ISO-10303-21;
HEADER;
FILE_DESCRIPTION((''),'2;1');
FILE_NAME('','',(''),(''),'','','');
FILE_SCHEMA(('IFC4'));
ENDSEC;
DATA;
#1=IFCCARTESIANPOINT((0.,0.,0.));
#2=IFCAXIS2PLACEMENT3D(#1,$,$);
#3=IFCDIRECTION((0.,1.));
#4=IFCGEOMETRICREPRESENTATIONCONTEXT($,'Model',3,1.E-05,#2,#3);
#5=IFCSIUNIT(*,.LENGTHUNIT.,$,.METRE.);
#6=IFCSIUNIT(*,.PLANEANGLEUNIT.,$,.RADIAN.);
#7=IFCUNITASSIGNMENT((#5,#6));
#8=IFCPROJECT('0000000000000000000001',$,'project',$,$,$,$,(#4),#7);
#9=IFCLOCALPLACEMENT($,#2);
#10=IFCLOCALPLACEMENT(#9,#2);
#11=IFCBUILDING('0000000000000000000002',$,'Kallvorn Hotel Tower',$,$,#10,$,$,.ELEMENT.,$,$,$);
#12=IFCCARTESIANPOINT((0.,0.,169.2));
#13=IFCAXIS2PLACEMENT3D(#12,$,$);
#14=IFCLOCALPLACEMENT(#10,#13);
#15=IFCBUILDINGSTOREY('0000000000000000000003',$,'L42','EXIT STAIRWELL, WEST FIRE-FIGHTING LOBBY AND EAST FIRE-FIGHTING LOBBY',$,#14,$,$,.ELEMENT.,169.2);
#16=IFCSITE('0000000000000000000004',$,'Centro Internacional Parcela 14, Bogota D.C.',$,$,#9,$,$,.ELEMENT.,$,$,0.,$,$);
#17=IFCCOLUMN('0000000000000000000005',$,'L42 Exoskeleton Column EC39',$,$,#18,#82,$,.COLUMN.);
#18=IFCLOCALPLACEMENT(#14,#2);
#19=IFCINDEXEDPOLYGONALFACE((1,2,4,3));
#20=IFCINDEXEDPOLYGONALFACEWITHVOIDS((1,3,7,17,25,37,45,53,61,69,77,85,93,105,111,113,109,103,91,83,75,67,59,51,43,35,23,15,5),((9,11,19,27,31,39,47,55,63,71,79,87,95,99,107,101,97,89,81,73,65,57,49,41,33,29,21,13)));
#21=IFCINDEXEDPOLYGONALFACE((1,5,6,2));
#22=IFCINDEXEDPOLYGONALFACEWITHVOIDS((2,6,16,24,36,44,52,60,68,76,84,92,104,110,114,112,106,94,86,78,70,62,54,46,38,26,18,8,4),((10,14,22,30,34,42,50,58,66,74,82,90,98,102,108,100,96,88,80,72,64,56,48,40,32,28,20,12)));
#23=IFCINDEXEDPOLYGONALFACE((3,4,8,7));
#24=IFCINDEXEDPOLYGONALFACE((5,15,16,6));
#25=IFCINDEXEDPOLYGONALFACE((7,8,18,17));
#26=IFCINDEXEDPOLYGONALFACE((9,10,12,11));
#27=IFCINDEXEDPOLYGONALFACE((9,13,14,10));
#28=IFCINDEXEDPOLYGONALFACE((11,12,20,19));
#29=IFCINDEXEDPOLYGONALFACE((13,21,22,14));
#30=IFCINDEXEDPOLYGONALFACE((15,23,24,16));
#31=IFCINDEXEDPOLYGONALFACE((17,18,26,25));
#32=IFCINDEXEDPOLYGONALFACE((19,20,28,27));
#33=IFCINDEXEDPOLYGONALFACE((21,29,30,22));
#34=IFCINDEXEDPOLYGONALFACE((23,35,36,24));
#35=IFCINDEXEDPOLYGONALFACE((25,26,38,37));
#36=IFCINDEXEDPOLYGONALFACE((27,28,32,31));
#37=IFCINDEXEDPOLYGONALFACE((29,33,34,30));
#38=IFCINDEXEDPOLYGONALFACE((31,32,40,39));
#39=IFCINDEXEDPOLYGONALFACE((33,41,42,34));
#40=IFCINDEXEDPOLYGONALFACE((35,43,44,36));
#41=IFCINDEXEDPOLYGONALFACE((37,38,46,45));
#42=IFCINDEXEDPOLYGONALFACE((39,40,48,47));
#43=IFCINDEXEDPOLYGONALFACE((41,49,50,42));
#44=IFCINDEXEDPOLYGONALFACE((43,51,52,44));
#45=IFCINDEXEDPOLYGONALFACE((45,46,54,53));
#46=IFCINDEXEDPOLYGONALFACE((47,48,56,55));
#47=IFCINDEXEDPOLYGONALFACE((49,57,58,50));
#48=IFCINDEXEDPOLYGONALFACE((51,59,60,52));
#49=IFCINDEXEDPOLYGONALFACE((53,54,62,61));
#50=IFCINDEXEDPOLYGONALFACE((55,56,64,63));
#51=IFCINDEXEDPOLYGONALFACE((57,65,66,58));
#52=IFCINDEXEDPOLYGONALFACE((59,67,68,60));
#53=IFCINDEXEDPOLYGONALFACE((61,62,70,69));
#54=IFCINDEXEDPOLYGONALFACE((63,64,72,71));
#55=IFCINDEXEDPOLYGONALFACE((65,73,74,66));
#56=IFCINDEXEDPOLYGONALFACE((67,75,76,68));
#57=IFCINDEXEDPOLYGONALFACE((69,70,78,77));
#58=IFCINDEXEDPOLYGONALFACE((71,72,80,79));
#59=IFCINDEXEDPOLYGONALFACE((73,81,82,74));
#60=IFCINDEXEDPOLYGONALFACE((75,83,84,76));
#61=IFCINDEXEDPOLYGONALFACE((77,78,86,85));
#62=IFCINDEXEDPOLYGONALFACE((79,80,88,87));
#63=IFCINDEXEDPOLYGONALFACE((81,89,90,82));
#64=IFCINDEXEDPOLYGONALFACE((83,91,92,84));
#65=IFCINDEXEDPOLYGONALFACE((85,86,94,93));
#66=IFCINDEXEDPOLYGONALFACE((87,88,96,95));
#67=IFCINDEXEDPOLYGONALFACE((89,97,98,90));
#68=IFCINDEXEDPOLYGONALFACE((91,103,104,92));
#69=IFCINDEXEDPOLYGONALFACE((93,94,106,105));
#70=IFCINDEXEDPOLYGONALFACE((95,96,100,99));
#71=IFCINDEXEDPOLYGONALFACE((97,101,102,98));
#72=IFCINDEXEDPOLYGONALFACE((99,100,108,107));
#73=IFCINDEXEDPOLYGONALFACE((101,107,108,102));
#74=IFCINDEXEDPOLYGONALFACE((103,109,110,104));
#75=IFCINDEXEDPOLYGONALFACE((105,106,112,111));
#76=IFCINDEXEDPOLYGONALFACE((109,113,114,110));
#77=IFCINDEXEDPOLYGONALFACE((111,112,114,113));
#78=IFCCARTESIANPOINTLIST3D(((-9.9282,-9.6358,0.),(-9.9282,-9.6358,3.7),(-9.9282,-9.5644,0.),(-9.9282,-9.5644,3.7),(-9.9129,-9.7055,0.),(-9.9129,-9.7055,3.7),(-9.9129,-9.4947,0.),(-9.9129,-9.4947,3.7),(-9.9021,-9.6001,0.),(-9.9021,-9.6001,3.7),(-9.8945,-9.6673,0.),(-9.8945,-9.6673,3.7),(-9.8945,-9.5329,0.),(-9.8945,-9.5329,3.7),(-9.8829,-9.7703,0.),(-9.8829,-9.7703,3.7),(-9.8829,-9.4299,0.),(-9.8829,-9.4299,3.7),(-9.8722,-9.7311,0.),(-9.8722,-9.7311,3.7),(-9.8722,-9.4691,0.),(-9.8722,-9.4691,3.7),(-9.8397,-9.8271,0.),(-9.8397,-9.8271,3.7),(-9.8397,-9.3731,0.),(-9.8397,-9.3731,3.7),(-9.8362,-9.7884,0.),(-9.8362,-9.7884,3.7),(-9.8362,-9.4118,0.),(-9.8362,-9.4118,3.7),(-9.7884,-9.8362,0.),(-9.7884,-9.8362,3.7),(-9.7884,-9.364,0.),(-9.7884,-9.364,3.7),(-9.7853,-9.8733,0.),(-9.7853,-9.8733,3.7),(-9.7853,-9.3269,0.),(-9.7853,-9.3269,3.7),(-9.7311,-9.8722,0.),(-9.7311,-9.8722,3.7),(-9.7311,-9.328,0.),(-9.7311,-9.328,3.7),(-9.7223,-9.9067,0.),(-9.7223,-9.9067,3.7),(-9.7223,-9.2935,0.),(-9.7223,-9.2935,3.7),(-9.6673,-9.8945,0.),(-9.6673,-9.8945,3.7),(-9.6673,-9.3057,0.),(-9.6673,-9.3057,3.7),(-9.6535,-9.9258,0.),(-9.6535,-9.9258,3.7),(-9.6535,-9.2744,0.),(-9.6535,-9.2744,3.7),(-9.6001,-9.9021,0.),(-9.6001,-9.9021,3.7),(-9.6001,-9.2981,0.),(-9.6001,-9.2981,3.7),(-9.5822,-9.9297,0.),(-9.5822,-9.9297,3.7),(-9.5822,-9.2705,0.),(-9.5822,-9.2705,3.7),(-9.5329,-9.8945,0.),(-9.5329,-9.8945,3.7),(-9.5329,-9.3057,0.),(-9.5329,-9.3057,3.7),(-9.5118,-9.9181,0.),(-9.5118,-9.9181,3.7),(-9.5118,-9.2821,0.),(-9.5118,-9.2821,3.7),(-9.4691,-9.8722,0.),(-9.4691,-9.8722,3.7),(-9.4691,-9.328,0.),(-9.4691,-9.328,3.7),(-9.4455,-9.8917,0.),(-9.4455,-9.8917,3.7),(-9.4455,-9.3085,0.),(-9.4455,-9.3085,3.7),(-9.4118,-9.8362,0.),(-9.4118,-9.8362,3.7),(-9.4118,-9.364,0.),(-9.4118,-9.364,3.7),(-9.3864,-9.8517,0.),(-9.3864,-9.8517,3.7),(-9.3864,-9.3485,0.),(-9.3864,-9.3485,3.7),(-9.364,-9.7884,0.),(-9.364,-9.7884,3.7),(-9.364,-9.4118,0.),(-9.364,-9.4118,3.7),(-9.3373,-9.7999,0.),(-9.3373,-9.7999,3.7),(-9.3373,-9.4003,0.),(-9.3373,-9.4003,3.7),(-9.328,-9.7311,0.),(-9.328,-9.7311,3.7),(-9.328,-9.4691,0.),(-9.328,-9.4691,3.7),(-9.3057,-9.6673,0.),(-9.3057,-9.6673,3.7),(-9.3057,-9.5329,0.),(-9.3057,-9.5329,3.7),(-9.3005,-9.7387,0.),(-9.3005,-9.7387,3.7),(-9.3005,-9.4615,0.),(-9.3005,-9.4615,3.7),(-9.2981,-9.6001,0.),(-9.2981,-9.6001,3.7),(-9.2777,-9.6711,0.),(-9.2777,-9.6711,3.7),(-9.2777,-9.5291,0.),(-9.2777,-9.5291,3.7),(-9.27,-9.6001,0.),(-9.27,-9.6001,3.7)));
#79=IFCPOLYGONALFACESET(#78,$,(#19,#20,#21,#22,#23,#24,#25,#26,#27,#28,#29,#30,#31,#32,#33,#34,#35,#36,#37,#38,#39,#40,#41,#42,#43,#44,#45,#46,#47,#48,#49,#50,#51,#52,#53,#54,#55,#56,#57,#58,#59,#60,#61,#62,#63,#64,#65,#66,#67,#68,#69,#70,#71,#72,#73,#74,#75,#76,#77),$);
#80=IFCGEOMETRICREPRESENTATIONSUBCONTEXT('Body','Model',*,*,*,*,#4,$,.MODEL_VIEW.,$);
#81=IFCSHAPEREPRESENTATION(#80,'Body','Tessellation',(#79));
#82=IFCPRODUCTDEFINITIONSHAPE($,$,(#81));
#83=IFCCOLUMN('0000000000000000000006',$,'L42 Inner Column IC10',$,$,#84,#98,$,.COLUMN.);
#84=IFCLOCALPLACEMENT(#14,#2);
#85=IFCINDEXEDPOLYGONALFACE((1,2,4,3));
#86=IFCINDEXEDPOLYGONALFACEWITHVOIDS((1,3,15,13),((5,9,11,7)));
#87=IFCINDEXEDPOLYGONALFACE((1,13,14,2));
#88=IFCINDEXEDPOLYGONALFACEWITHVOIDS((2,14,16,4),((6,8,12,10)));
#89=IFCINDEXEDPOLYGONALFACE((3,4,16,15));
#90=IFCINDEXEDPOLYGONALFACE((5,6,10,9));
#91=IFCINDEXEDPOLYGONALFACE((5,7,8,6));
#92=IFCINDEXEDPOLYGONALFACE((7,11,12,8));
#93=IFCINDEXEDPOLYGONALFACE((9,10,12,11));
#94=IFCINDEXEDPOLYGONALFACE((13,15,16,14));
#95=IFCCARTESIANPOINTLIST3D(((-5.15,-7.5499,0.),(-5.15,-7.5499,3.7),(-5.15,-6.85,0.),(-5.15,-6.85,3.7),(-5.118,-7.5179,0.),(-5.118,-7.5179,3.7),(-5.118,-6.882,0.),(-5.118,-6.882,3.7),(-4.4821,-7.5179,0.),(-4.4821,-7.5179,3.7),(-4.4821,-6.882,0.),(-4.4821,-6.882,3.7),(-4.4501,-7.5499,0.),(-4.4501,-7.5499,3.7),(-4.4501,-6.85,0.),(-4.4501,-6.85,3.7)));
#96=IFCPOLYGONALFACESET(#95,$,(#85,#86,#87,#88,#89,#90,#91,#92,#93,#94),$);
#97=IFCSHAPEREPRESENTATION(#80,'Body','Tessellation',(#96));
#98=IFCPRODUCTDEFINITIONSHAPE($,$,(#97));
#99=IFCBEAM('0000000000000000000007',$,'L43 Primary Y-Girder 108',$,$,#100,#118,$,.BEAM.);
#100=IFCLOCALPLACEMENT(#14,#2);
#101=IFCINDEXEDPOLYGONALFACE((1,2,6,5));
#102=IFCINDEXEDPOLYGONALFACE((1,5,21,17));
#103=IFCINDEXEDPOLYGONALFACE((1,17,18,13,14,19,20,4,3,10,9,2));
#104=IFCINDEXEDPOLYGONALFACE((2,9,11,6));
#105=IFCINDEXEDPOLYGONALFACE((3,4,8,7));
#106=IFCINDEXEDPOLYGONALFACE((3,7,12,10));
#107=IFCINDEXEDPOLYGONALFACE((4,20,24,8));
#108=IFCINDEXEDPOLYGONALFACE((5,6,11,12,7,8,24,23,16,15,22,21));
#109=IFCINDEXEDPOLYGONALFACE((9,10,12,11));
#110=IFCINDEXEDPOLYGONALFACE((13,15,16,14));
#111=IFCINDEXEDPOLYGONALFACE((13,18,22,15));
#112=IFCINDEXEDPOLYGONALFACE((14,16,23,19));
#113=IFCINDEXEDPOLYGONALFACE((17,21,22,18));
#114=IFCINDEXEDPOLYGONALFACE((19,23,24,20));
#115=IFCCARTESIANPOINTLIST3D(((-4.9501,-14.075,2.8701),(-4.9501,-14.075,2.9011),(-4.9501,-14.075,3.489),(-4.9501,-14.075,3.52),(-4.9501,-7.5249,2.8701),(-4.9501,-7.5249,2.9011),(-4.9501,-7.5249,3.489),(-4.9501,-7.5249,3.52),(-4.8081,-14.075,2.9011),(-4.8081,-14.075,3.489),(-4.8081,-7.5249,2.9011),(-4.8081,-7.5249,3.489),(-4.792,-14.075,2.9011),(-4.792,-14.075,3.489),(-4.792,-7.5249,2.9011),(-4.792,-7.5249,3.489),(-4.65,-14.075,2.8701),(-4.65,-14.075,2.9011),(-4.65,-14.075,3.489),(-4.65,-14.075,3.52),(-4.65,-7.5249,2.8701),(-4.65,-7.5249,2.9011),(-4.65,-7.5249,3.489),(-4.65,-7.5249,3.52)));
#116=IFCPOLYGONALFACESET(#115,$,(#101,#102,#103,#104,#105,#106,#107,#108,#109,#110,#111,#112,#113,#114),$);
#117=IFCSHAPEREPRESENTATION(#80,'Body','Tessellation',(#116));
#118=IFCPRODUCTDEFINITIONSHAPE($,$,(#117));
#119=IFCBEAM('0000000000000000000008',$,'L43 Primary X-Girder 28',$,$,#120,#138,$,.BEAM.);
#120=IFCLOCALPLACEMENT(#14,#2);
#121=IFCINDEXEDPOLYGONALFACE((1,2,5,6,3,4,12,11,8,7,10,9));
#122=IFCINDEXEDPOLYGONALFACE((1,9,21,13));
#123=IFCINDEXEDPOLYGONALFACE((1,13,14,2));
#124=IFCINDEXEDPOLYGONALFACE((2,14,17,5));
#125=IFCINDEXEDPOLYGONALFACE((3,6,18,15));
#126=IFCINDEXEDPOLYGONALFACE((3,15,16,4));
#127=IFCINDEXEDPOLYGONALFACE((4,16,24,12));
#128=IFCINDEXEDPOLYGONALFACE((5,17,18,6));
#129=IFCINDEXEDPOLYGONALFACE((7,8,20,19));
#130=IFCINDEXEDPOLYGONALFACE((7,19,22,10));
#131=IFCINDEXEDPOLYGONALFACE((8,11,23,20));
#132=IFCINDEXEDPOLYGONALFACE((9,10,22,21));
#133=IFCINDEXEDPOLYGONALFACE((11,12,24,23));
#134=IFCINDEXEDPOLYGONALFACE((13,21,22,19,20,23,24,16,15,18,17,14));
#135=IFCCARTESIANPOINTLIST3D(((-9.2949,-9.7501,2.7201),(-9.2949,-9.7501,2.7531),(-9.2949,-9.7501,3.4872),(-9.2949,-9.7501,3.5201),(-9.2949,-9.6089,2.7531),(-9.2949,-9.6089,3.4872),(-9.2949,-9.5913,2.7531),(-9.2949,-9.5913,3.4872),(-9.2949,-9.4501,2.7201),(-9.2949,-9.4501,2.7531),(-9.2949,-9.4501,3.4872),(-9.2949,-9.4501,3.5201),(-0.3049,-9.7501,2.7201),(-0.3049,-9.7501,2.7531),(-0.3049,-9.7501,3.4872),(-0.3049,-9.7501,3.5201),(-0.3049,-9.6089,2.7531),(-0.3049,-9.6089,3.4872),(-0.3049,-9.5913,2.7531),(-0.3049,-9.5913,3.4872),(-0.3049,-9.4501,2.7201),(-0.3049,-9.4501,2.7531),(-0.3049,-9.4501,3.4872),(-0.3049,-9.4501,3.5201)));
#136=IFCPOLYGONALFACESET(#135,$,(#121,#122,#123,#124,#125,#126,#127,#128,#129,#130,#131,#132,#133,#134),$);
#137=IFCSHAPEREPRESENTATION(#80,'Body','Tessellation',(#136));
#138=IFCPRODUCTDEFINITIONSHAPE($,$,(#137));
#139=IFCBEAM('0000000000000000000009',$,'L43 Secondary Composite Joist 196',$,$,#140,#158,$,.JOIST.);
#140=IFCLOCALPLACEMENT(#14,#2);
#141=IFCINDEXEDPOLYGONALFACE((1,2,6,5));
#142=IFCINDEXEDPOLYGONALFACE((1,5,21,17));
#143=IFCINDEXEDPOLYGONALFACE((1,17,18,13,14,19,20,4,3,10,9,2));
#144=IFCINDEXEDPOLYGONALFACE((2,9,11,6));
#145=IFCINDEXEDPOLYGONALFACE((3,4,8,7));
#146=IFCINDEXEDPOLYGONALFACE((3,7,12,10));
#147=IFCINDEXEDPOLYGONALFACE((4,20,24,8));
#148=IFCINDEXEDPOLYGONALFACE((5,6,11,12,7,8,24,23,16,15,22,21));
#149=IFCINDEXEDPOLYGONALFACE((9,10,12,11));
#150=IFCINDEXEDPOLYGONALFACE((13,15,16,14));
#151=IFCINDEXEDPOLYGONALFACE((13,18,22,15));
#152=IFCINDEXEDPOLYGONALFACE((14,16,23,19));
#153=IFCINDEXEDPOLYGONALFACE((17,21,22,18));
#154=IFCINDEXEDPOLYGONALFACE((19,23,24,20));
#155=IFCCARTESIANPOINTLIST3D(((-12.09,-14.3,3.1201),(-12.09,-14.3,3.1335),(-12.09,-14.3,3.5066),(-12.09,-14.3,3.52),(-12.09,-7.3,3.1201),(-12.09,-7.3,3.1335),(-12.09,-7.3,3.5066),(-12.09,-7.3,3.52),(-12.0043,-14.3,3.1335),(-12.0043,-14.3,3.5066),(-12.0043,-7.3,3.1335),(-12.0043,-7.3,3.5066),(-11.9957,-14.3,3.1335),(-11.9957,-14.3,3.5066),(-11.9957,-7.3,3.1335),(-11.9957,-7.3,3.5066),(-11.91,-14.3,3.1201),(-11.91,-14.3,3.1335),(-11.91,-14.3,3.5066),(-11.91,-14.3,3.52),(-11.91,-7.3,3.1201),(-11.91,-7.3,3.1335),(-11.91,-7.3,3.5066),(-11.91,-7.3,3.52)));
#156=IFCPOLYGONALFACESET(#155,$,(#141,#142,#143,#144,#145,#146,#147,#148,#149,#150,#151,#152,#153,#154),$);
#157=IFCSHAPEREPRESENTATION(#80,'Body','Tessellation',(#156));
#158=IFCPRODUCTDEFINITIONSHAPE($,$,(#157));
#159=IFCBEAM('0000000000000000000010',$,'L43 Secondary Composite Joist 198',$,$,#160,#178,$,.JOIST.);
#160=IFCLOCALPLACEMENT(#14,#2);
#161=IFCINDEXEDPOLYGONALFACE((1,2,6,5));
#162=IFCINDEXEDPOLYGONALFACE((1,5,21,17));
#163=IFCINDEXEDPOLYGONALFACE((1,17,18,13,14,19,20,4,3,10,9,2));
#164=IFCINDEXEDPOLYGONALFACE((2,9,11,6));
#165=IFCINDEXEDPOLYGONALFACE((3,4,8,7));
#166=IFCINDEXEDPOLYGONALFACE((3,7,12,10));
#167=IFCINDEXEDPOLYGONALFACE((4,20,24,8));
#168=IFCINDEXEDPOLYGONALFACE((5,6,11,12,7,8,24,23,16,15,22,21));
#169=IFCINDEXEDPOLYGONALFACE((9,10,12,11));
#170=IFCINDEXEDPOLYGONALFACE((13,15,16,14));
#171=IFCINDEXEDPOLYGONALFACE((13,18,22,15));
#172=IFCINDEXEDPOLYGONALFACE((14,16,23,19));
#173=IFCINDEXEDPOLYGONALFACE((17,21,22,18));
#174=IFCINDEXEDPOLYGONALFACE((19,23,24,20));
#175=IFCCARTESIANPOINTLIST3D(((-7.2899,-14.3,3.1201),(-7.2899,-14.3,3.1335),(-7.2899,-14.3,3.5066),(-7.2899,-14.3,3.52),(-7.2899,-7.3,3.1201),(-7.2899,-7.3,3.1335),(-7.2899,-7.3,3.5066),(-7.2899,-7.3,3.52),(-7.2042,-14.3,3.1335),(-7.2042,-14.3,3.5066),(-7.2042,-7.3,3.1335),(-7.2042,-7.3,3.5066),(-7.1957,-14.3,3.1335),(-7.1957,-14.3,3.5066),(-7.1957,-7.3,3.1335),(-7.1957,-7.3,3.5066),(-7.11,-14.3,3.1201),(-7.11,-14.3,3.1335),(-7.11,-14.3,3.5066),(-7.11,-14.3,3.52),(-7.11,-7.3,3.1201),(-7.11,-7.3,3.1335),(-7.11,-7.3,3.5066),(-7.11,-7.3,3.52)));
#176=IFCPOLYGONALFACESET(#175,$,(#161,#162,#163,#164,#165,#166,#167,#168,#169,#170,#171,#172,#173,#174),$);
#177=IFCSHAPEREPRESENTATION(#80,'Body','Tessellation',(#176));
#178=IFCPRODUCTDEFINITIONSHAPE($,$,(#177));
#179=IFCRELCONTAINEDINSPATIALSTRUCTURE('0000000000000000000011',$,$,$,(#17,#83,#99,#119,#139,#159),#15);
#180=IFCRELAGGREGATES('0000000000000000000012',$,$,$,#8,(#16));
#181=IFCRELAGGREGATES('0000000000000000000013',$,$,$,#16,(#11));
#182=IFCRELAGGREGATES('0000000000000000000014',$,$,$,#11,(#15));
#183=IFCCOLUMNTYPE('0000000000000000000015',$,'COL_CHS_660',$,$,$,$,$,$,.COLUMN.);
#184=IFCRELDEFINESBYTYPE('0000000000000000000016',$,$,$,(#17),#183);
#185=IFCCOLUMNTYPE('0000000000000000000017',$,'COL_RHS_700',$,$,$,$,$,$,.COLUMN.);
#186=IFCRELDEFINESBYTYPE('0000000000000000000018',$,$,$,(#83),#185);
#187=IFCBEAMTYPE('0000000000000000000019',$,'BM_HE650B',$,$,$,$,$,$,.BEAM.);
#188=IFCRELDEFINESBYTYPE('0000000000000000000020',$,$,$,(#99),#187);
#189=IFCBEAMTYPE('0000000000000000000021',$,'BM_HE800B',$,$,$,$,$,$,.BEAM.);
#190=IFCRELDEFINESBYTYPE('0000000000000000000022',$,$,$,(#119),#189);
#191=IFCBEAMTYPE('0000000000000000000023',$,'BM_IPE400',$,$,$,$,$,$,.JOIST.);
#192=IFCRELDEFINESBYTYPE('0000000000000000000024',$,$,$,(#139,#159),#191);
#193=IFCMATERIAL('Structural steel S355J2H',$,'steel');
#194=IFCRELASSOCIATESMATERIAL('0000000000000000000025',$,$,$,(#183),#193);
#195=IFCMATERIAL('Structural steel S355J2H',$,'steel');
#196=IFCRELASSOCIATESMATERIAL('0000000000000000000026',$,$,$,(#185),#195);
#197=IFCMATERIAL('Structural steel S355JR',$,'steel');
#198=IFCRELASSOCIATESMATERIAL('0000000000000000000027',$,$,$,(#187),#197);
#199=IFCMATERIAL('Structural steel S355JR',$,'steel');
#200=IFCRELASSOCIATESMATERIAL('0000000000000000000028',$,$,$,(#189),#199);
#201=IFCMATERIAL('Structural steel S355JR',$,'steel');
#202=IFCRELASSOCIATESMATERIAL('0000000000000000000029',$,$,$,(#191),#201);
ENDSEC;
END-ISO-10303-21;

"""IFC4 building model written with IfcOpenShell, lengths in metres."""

from ifc_helpers import new_model, si_unit, direction, frame, origin, origin_2d, place, context, subcontext, project, spatial, hollow_rectangle, hollow_circle, i_section, extrude, material, material_profile, profile_set, type_object, element, save


model = new_model("IFC4")

# Units and contexts
model_context = context("Model", 3, precision=1e-05, world=origin(), true_north=direction((0.0, 1.0)))
body_context = subcontext(model_context, "Body", "Model", "MODEL_VIEW")
ifc_project = project(units=[si_unit("LENGTHUNIT", "METRE"), si_unit("PLANEANGLEUNIT", "RADIAN")], contexts=[model_context])

# Site, building, storey
site_placement = place(None, origin())
site = spatial("IfcSite", under=ifc_project, at=site_placement, Name="Centro Internacional Parcela 14, Bogota D.C.", CompositionType="ELEMENT", RefElevation=0.0)
building_placement = place(site_placement, origin())
building = spatial("IfcBuilding", under=site, at=building_placement, Name="Kallvorn Hotel Tower", CompositionType="ELEMENT")
storey_placement = place(building_placement, frame((0.0, 0.0, 169.2)))
storey = spatial("IfcBuildingStorey", under=building, at=storey_placement, Name="L42", Description="EXIT STAIRWELL, WEST FIRE-FIGHTING LOBBY AND EAST FIRE-FIGHTING LOBBY", CompositionType="ELEMENT", Elevation=169.2)

# Columns
ifc_material_1 = material(Name="Structural steel S355J2H", Category="steel")
ifc_material_profile_1 = material_profile(ifc_material_1, hollow_circle(Radius=0.3301, WallThickness=0.0281, at=origin_2d()), Name="CHS 660x28")
ifc_profile_set_1 = profile_set([ifc_material_profile_1], Name="Structural steel S355J2H")
column_type_1 = type_object("IfcColumnType", Name="COL_CHS_660", PredefinedType="COLUMN", material=ifc_profile_set_1)
column_1_placement = place(storey_placement, frame((-9.6001, -9.6001, 0.0), z_axis=(0.0, 0.0, 1.0), x_axis=(1.0, 0.0, 0.0)))
element("IfcColumn", 1, at=column_1_placement, inside=storey, type_object=column_type_1, Name="L42 Exoskeleton Column EC39", PredefinedType="COLUMN", context=body_context, shape_type="SweptSolid", body=[
    extrude(hollow_circle(Radius=0.3301, WallThickness=0.0281, at=origin_2d()), origin(), (0.0, 0.0, 1.0), 3.7),
])
ifc_material_2 = material(Name="Structural steel S355J2H", Category="steel")
ifc_material_profile_2 = material_profile(ifc_material_2, hollow_rectangle(XDim=0.7, YDim=0.7, WallThickness=0.032, at=origin_2d()), Name="RHS 700x700x32")
ifc_profile_set_2 = profile_set([ifc_material_profile_2], Name="Structural steel S355J2H")
column_type_2 = type_object("IfcColumnType", Name="COL_RHS_700", PredefinedType="COLUMN", material=ifc_profile_set_2)
column_2_placement = place(storey_placement, frame((-4.8, -7.2, 0.0), z_axis=(0.0, 0.0, 1.0), x_axis=(1.0, 0.0, 0.0)))
element("IfcColumn", 2, at=column_2_placement, inside=storey, type_object=column_type_2, Name="L42 Inner Column IC10", PredefinedType="COLUMN", context=body_context, shape_type="SweptSolid", body=[
    extrude(hollow_rectangle(XDim=0.7, YDim=0.7, WallThickness=0.032, at=origin_2d()), origin(), (0.0, 0.0, 1.0), 3.7),
])

# Beams
ifc_material_3 = material(Name="Structural steel S355JR", Category="steel")
ifc_material_profile_3 = material_profile(ifc_material_3, i_section(OverallWidth=0.3, OverallDepth=0.6499, WebThickness=0.0161, FlangeThickness=0.031, at=origin_2d()), Name="HE 650 B")
ifc_profile_set_3 = profile_set([ifc_material_profile_3], Name="Structural steel S355JR")
beam_type_1 = type_object("IfcBeamType", Name="BM_HE650B", PredefinedType="BEAM", material=ifc_profile_set_3)
beam_1_placement = place(storey_placement, frame((-4.8, -14.075, 3.1951), z_axis=(0.0, 1.0, 0.0), x_axis=(-1.0, 0.0, 0.0)))
element("IfcBeam", 3, at=beam_1_placement, inside=storey, type_object=beam_type_1, Name="L43 Primary Y-Girder 108", PredefinedType="BEAM", context=body_context, shape_type="SweptSolid", body=[
    extrude(i_section(OverallWidth=0.3, OverallDepth=0.6499, WebThickness=0.0161, FlangeThickness=0.031, at=origin_2d()), origin(), (0.0, 0.0, 1.0), 6.55),
])
ifc_material_4 = material(Name="Structural steel S355JR", Category="steel")
ifc_material_profile_4 = material_profile(ifc_material_4, i_section(OverallWidth=0.3, OverallDepth=0.8, WebThickness=0.0176, FlangeThickness=0.033, at=origin_2d()), Name="HE 800 B")
ifc_profile_set_4 = profile_set([ifc_material_profile_4], Name="Structural steel S355JR")
beam_type_2 = type_object("IfcBeamType", Name="BM_HE800B", PredefinedType="BEAM", material=ifc_profile_set_4)
beam_2_placement = place(storey_placement, frame((-9.2949, -9.6001, 3.1201), z_axis=(1.0, 0.0, 0.0), x_axis=(0.0, 1.0, 0.0)))
element("IfcBeam", 4, at=beam_2_placement, inside=storey, type_object=beam_type_2, Name="L43 Primary X-Girder 28", PredefinedType="BEAM", context=body_context, shape_type="SweptSolid", body=[
    extrude(i_section(OverallWidth=0.3, OverallDepth=0.8, WebThickness=0.0176, FlangeThickness=0.033, at=origin_2d()), origin(), (0.0, 0.0, 1.0), 8.99),
])
ifc_material_5 = material(Name="Structural steel S355JR", Category="steel")
ifc_material_profile_5 = material_profile(ifc_material_5, i_section(OverallWidth=0.1799, OverallDepth=0.3999, WebThickness=0.0085, FlangeThickness=0.0134, at=origin_2d()), Name="IPE 400")
ifc_profile_set_5 = profile_set([ifc_material_profile_5], Name="Structural steel S355JR")
beam_type_3 = type_object("IfcBeamType", Name="BM_IPE400", PredefinedType="JOIST", material=ifc_profile_set_5)
for number, where, z_axis, x_axis, name in (
    (5, (-12.0, -14.3, 3.3201), (0.0, 1.0, 0.0), (-1.0, 0.0, 0.0), "L43 Secondary Composite Joist 196"),
    (6, (-7.2, -14.3, 3.3201), (0.0, 1.0, 0.0), (-1.0, 0.0, 0.0), "L43 Secondary Composite Joist 198"),
):
    element("IfcBeam", number, at=place(storey_placement, frame(where, z_axis=z_axis, x_axis=x_axis)), inside=storey, type_object=beam_type_3, Name=name, PredefinedType="JOIST", context=body_context, shape_type="SweptSolid", body=[
        extrude(i_section(OverallWidth=0.1799, OverallDepth=0.3999, WebThickness=0.0085, FlangeThickness=0.0134, at=origin_2d()), origin(), (0.0, 0.0, 1.0), 7.0),
    ])

save(model, "model.ifc")
